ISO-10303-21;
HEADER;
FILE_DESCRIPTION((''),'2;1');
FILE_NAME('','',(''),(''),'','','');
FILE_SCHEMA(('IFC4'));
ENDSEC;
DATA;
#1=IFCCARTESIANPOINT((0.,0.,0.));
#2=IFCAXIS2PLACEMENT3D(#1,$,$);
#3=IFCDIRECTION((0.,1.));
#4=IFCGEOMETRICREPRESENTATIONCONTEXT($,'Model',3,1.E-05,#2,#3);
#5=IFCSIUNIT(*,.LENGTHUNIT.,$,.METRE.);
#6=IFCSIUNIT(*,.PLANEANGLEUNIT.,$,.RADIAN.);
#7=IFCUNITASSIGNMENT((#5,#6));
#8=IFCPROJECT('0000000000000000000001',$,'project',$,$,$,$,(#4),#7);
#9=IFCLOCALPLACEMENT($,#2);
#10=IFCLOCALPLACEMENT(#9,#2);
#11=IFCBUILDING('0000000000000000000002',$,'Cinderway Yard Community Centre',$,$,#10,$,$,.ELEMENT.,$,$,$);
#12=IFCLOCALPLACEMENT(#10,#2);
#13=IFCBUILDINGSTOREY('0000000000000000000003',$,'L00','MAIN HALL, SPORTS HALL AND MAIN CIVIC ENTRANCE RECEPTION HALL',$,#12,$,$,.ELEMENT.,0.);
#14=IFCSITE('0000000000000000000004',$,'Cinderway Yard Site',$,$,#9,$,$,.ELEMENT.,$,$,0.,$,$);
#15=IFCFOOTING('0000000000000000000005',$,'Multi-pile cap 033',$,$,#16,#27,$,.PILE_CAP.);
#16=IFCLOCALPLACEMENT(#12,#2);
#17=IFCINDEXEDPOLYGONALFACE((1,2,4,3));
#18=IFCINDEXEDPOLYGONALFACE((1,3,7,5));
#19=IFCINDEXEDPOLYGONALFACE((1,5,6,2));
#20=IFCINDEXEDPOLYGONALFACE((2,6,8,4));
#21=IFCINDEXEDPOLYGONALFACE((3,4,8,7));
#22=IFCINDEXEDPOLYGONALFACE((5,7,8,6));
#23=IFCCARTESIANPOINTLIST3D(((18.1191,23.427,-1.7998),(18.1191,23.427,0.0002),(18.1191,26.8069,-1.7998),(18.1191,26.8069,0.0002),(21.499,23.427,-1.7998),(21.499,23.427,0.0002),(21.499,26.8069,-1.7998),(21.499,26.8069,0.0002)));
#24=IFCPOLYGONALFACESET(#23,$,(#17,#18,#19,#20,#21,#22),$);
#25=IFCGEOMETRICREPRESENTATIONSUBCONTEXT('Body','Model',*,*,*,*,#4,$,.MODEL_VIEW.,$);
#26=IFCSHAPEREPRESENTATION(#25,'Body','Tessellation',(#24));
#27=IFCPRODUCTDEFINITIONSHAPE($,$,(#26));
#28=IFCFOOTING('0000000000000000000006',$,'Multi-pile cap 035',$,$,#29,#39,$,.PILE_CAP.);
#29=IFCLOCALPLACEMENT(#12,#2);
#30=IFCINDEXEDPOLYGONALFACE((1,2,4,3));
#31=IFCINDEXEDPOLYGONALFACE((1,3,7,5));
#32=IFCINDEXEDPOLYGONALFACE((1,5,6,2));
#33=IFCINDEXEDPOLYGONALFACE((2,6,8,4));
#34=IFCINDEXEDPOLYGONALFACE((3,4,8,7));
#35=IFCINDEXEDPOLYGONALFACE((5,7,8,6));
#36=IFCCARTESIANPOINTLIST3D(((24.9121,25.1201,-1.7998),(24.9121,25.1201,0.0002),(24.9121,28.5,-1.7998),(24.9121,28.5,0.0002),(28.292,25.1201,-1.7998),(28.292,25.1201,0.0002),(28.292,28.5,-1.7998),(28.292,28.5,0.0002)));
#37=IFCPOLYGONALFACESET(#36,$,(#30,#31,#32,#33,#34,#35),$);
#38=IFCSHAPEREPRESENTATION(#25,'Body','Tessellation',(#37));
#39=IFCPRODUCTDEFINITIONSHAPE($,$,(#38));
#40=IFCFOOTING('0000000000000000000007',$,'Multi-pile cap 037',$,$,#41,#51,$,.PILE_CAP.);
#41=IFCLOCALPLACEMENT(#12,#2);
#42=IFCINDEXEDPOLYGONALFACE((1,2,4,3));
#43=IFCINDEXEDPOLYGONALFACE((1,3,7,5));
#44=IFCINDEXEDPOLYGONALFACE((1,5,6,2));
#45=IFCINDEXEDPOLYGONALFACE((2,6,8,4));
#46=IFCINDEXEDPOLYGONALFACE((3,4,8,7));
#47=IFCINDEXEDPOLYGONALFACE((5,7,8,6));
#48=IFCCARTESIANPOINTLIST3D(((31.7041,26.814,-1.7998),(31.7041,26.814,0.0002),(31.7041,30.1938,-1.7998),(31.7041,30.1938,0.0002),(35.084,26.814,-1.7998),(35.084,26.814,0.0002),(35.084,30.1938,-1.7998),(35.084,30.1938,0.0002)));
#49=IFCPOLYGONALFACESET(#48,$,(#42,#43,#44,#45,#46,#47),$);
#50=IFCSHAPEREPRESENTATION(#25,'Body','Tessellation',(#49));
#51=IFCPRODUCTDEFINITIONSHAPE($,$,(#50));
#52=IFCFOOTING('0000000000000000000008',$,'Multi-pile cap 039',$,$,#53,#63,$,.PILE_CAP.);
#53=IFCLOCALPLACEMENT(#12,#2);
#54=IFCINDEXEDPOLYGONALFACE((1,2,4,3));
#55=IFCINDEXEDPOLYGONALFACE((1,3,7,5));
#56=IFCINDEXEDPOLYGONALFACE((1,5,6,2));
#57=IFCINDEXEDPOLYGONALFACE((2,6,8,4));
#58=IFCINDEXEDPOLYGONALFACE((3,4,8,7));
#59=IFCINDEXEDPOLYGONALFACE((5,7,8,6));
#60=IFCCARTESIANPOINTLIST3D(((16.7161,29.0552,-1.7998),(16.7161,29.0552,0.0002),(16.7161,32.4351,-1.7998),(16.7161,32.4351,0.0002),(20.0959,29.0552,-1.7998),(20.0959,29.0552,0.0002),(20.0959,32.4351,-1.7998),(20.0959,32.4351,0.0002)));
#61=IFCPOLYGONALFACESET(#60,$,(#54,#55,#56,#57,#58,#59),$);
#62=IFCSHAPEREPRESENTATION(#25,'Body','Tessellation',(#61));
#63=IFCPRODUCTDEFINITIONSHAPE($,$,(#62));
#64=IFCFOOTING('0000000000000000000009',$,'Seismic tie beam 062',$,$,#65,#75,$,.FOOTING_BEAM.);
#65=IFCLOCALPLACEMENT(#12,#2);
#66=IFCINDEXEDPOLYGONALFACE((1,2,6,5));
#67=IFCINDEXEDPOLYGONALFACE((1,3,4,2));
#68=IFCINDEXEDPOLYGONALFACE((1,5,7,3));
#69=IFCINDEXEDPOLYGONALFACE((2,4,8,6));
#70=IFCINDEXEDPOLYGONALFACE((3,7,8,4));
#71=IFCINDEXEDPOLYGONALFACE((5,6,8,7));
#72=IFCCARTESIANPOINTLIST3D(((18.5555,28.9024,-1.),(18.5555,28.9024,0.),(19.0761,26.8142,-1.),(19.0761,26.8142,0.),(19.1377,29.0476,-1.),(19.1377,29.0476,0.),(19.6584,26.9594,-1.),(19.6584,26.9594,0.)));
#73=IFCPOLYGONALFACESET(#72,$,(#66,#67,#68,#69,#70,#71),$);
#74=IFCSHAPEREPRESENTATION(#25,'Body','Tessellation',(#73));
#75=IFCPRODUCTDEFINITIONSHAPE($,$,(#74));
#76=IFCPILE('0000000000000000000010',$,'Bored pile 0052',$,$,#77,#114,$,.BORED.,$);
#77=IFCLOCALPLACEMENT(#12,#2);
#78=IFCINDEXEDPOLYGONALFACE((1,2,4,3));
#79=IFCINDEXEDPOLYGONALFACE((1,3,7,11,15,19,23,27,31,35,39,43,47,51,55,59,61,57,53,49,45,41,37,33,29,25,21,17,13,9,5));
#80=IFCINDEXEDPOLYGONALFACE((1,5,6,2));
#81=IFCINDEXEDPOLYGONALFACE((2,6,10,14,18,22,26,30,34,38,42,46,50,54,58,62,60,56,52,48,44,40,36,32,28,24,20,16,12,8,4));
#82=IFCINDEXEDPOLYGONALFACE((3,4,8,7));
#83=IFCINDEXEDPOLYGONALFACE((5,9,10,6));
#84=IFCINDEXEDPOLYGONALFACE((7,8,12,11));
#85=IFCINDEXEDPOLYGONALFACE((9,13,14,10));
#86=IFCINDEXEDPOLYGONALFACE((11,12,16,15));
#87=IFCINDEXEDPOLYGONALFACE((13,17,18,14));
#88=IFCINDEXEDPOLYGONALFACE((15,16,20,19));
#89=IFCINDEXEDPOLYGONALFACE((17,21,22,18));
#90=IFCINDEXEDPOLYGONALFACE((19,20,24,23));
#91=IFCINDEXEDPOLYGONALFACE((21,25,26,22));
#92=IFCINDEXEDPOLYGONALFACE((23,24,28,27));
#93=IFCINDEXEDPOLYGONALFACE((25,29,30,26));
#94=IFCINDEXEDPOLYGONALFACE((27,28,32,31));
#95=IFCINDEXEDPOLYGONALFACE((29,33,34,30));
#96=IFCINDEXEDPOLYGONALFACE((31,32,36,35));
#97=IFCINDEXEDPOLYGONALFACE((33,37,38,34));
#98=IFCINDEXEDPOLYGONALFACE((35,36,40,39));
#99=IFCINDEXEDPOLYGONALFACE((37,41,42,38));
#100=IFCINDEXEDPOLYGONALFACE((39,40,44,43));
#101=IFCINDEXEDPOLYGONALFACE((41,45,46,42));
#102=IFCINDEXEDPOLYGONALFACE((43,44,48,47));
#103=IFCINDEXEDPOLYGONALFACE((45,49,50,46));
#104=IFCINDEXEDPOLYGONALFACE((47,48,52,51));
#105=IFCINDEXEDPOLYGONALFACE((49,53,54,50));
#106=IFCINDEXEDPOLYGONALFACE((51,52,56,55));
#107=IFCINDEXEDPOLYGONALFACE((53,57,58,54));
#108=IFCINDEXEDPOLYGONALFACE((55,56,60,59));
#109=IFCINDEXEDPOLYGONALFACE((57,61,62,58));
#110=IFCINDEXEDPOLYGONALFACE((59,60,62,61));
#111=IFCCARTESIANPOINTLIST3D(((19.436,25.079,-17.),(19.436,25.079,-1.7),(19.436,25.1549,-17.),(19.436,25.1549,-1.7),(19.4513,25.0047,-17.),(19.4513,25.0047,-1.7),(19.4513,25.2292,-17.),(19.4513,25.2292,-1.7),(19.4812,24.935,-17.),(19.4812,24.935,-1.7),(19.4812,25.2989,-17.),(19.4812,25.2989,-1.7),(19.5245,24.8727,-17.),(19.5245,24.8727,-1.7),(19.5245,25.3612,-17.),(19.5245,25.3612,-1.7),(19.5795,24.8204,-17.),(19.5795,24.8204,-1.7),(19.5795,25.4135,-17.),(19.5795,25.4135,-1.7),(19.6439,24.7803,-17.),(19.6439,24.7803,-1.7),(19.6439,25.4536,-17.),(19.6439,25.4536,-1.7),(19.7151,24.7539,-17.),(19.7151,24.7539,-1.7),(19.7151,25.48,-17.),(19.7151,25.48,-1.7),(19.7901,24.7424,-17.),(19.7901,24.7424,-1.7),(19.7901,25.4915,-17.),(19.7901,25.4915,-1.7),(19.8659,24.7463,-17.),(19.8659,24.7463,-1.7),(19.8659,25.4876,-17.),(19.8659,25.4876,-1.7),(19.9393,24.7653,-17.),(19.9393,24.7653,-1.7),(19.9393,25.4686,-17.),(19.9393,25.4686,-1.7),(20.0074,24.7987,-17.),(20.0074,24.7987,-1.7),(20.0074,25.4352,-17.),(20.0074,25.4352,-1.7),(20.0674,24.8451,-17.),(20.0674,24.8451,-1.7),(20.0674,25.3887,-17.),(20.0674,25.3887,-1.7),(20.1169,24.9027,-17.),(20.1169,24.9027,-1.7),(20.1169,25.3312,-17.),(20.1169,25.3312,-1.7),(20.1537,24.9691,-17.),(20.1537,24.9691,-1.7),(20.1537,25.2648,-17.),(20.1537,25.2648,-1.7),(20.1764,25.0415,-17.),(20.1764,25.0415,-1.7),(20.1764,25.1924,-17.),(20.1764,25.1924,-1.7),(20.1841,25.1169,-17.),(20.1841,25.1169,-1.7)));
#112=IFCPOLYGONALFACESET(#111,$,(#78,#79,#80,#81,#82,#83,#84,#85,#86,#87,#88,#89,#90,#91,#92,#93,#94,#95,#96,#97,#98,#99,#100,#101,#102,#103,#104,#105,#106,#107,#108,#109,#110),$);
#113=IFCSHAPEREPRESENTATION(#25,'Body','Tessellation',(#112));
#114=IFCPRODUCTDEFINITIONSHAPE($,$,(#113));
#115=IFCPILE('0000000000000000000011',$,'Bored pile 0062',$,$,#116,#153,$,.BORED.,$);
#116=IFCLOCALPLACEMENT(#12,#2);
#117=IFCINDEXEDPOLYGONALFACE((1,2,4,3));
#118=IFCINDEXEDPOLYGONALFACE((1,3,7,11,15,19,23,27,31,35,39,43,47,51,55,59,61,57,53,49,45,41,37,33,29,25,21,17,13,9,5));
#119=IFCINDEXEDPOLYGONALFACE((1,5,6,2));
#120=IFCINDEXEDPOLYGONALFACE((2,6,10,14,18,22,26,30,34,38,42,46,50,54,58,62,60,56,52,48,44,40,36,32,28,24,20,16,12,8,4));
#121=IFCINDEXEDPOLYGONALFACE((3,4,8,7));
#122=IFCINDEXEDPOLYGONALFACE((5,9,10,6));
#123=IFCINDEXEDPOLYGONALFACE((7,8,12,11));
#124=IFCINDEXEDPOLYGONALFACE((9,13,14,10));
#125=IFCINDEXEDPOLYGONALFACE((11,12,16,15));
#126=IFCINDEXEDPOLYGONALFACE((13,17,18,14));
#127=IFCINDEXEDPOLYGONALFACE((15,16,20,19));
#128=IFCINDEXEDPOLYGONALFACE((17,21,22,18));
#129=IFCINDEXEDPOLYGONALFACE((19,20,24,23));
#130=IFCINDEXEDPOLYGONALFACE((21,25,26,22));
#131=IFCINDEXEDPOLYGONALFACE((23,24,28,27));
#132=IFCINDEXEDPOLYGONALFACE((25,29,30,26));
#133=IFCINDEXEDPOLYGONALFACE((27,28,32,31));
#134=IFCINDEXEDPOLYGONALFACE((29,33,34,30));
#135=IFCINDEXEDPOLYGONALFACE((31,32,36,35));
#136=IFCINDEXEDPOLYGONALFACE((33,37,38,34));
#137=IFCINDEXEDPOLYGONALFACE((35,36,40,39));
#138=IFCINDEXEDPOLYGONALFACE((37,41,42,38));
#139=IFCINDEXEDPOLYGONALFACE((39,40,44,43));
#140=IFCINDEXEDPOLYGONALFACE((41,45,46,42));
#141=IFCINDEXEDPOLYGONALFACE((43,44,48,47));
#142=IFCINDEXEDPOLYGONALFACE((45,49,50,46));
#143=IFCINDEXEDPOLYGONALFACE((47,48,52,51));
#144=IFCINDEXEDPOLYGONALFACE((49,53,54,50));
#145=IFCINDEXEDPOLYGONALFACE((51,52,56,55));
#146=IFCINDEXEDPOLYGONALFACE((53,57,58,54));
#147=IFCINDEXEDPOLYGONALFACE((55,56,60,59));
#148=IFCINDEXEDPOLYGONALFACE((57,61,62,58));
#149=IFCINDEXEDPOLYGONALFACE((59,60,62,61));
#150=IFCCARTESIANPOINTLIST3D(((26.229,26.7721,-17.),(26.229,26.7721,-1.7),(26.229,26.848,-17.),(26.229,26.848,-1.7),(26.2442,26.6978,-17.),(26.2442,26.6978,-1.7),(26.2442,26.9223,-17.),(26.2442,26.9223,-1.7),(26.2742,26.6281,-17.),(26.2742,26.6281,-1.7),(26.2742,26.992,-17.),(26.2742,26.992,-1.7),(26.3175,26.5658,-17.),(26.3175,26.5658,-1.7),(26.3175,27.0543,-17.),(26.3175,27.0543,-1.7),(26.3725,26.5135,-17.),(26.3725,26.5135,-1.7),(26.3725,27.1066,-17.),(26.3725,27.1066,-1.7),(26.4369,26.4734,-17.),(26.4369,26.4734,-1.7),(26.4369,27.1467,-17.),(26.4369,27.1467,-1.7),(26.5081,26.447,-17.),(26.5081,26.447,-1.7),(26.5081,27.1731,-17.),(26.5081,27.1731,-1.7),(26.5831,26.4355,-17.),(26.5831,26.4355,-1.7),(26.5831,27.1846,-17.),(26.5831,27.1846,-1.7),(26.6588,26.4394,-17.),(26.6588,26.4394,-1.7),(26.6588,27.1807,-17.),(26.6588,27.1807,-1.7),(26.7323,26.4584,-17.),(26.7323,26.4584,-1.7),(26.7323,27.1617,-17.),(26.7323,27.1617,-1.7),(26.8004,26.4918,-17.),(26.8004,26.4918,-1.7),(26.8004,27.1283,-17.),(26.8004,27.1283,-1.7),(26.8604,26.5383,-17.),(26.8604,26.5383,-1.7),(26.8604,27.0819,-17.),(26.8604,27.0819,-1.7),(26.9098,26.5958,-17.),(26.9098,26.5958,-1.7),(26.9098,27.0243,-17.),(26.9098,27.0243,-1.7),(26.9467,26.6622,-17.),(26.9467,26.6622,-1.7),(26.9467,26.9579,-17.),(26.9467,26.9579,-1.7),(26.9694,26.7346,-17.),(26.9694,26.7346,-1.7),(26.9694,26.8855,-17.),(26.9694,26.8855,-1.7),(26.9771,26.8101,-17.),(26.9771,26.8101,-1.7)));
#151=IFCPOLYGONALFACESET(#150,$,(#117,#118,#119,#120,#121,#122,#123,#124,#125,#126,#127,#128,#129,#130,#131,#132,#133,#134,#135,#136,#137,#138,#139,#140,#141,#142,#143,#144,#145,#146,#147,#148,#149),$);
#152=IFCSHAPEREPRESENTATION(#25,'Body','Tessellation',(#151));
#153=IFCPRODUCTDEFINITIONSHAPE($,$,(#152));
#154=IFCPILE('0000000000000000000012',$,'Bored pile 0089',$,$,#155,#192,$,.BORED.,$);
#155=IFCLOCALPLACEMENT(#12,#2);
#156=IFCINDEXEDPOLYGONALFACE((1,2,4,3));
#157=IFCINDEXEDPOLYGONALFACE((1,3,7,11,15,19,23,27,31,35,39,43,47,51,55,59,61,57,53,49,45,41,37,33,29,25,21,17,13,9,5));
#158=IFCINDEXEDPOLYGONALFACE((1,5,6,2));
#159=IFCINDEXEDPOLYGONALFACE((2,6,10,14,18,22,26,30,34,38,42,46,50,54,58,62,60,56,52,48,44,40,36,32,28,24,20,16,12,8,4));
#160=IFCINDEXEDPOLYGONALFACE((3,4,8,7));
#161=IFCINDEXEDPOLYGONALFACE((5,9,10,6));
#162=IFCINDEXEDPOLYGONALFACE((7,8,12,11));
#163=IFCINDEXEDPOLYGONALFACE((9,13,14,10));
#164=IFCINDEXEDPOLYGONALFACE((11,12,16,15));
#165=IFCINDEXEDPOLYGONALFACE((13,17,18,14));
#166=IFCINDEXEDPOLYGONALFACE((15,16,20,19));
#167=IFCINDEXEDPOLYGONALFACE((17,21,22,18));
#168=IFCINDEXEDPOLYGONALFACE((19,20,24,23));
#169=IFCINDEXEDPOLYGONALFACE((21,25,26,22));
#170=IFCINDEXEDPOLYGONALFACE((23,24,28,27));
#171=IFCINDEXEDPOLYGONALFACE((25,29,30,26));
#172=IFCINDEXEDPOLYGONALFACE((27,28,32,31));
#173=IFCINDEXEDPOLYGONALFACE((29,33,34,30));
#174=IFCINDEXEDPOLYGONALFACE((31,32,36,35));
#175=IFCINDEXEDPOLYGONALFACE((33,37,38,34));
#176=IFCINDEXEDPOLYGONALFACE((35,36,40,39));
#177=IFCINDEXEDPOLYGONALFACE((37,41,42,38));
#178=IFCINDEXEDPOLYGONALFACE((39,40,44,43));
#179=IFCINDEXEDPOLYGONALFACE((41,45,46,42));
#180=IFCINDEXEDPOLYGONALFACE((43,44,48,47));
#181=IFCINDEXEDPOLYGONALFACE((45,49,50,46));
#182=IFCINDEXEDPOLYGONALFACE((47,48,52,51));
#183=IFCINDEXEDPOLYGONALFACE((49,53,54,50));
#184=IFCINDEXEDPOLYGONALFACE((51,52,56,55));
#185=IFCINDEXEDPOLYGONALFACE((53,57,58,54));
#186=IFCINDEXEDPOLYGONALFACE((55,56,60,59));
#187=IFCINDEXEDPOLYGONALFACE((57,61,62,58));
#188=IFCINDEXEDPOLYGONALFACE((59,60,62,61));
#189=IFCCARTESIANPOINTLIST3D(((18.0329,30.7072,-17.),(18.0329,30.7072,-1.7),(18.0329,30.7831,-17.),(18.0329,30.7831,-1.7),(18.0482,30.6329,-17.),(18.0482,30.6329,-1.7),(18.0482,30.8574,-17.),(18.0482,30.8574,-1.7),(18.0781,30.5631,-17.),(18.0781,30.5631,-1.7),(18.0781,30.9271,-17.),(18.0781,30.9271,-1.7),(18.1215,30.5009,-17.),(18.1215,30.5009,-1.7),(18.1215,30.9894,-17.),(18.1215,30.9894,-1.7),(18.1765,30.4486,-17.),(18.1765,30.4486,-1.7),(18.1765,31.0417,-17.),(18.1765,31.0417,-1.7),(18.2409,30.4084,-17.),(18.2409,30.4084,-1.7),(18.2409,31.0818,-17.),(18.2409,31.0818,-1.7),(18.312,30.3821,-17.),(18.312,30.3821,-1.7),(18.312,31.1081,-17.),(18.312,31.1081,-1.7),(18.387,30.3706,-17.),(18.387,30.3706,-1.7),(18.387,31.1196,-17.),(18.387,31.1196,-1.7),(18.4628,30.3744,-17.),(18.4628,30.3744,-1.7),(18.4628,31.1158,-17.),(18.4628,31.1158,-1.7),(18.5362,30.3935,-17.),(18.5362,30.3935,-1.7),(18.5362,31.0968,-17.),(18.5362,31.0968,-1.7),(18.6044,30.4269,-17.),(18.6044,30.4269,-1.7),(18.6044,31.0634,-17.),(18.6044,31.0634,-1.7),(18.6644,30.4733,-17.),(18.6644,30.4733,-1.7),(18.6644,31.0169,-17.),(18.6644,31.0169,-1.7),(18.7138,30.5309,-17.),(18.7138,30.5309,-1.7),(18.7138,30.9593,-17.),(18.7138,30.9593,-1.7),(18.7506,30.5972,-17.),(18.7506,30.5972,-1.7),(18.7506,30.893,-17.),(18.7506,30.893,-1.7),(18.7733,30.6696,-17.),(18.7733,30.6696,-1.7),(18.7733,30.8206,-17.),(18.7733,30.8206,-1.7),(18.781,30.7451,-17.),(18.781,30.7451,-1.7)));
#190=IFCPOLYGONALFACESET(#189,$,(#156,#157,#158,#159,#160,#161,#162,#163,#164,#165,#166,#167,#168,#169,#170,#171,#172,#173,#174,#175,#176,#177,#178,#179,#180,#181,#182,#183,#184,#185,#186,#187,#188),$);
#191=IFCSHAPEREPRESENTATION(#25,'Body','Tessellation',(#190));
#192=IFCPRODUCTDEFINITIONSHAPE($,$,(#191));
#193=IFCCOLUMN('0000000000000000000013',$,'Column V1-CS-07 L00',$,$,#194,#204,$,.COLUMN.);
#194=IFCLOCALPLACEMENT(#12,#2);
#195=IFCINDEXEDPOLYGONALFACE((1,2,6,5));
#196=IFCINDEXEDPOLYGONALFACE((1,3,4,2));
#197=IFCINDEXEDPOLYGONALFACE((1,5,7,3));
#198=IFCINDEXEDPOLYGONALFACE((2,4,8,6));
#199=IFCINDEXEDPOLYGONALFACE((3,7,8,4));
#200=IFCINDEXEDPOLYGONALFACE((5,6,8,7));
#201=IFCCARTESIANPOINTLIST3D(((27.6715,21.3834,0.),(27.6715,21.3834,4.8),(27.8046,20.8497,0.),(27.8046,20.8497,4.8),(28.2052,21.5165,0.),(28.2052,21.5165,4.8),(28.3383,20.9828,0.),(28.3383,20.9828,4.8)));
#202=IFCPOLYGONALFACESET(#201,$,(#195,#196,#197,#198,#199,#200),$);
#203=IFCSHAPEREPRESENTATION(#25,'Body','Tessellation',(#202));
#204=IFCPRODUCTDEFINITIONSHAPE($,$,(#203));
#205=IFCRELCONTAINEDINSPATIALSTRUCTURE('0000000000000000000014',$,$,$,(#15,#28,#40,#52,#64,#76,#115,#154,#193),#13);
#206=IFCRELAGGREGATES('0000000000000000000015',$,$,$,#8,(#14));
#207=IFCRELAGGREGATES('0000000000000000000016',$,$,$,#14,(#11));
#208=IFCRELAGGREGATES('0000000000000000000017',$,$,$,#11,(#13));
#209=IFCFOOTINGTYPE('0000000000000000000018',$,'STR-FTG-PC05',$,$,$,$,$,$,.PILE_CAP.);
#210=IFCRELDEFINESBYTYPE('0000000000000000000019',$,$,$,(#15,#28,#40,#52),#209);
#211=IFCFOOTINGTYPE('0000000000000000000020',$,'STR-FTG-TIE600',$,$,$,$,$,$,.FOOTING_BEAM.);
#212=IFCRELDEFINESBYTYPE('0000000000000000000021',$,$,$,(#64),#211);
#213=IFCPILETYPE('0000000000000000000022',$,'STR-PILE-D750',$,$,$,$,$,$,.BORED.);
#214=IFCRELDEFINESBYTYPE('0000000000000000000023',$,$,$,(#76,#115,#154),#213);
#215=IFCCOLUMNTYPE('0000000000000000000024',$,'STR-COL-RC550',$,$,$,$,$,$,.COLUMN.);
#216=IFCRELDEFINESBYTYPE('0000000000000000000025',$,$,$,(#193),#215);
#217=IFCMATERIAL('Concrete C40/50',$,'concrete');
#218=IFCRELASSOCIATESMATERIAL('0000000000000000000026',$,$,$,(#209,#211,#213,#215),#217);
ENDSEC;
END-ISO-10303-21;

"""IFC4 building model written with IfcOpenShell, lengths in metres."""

from ifc_helpers import new_model, si_unit, direction, frame, origin, origin_2d, place, context, subcontext, project, spatial, rectangle, circle, extrude, material, material_profile, profile_set, type_object, element, save


model = new_model("IFC4")

# Units and contexts
model_context = context("Model", 3, precision=1e-05, world=origin(), true_north=direction((0.0, 1.0)))
body_context = subcontext(model_context, "Body", "Model", "MODEL_VIEW")
ifc_project = project(units=[si_unit("LENGTHUNIT", "METRE"), si_unit("PLANEANGLEUNIT", "RADIAN")], contexts=[model_context])

# Site, building, storey
site_placement = place(None, origin())
site = spatial("IfcSite", under=ifc_project, at=site_placement, Name="Cinderway Yard Site", CompositionType="ELEMENT", RefElevation=0.0)
building_placement = place(site_placement, origin())
building = spatial("IfcBuilding", under=site, at=building_placement, Name="Cinderway Yard Community Centre", CompositionType="ELEMENT")
storey_placement = place(building_placement, origin())
storey = spatial("IfcBuildingStorey", under=building, at=storey_placement, Name="L00", Description="MAIN HALL, SPORTS HALL AND MAIN CIVIC ENTRANCE RECEPTION HALL", CompositionType="ELEMENT", Elevation=0.0)

# Footings
ifc_material_1 = material(Name="Concrete C40/50", Category="concrete")
footing_type_1 = type_object("IfcFootingType", Name="STR-FTG-PC05", PredefinedType="PILE_CAP", material=ifc_material_1)
for number, where, z_axis, x_axis, name in (
    (1, (19.8091, 25.1169, -1.7998), (0.0, 0.0, 1.0), (1.0, 0.0, 0.0), "Multi-pile cap 033"),
    (2, (26.6021, 26.8101, -1.7998), (0.0, 0.0, 1.0), (1.0, 0.0, 0.0), "Multi-pile cap 035"),
    (3, (33.394, 28.5039, -1.7998), (0.0, 0.0, 1.0), (1.0, 0.0, 0.0), "Multi-pile cap 037"),
    (4, (18.406, 30.7451, -1.7998), (0.0, 0.0, 1.0), (1.0, 0.0, 0.0), "Multi-pile cap 039"),
):
    element("IfcFooting", number, at=place(storey_placement, frame(where, z_axis=z_axis, x_axis=x_axis)), inside=storey, type_object=footing_type_1, Name=name, PredefinedType="PILE_CAP", context=body_context, shape_type="SweptSolid", body=[
        extrude(rectangle(XDim=3.3799, YDim=3.3799, at=origin_2d()), origin(), (0.0, 0.0, 1.0), 1.8),
    ])
footing_type_2 = type_object("IfcFootingType", Name="STR-FTG-TIE600", PredefinedType="FOOTING_BEAM", material=ifc_material_1)
footing_placement = place(storey_placement, frame((19.1069, 27.9309, -1.0), z_axis=(0.0, 0.0, 1.0), x_axis=(-0.241922, 0.970296, 0.0)))
element("IfcFooting", 5, at=footing_placement, inside=storey, type_object=footing_type_2, Name="Seismic tie beam 062", PredefinedType="FOOTING_BEAM", context=body_context, shape_type="SweptSolid", body=[
    extrude(rectangle(XDim=2.1521, YDim=0.6001, at=origin_2d()), origin(), (0.0, 0.0, 1.0), 1.0),
])

# Piles
ifc_material_profile_1 = material_profile(ifc_material_1, circle(Radius=0.375, at=origin_2d()), Name="Concrete C40/50")
ifc_profile_set_1 = profile_set([ifc_material_profile_1], Name="Concrete C40/50")
pile_type = type_object("IfcPileType", Name="STR-PILE-D750", PredefinedType="BORED", material=ifc_profile_set_1)
for number, where, z_axis, x_axis, name in (
    (6, (19.8091, 25.1169, -1.7), (0.0, 0.0, -1.0), (1.0, 0.0, 0.0), "Bored pile 0052"),
    (7, (26.6021, 26.8101, -1.7), (0.0, 0.0, -1.0), (1.0, 0.0, 0.0), "Bored pile 0062"),
    (8, (18.406, 30.7451, -1.7), (0.0, 0.0, -1.0), (1.0, 0.0, 0.0), "Bored pile 0089"),
):
    element("IfcPile", number, at=place(storey_placement, frame(where, z_axis=z_axis, x_axis=x_axis)), inside=storey, type_object=pile_type, Name=name, PredefinedType="BORED", context=body_context, shape_type="SweptSolid", body=[
        extrude(circle(Radius=0.375, at=origin_2d()), origin(), (0.0, 0.0, 1.0), 15.3),
    ])

# Column
ifc_material_profile_2 = material_profile(ifc_material_1, rectangle(XDim=0.55, YDim=0.55, at=origin_2d()), Name="Concrete C40/50")
ifc_profile_set_2 = profile_set([ifc_material_profile_2], Name="Concrete C40/50")
column_type_1 = type_object("IfcColumnType", Name="STR-COL-RC550", PredefinedType="COLUMN", material=ifc_profile_set_2)
column_1_placement = place(storey_placement, frame((28.0049, 21.1831, 0.0), z_axis=(0.0, 0.0, 1.0), x_axis=(0.970296, 0.241922, 0.0)))
element("IfcColumn", 9, at=column_1_placement, inside=storey, type_object=column_type_1, Name="Column V1-CS-07 L00", PredefinedType="COLUMN", context=body_context, shape_type="SweptSolid", body=[
    extrude(rectangle(XDim=0.55, YDim=0.55, at=origin_2d()), origin(), (0.0, 0.0, 1.0), 4.8),
])

save(model, "model.ifc")
